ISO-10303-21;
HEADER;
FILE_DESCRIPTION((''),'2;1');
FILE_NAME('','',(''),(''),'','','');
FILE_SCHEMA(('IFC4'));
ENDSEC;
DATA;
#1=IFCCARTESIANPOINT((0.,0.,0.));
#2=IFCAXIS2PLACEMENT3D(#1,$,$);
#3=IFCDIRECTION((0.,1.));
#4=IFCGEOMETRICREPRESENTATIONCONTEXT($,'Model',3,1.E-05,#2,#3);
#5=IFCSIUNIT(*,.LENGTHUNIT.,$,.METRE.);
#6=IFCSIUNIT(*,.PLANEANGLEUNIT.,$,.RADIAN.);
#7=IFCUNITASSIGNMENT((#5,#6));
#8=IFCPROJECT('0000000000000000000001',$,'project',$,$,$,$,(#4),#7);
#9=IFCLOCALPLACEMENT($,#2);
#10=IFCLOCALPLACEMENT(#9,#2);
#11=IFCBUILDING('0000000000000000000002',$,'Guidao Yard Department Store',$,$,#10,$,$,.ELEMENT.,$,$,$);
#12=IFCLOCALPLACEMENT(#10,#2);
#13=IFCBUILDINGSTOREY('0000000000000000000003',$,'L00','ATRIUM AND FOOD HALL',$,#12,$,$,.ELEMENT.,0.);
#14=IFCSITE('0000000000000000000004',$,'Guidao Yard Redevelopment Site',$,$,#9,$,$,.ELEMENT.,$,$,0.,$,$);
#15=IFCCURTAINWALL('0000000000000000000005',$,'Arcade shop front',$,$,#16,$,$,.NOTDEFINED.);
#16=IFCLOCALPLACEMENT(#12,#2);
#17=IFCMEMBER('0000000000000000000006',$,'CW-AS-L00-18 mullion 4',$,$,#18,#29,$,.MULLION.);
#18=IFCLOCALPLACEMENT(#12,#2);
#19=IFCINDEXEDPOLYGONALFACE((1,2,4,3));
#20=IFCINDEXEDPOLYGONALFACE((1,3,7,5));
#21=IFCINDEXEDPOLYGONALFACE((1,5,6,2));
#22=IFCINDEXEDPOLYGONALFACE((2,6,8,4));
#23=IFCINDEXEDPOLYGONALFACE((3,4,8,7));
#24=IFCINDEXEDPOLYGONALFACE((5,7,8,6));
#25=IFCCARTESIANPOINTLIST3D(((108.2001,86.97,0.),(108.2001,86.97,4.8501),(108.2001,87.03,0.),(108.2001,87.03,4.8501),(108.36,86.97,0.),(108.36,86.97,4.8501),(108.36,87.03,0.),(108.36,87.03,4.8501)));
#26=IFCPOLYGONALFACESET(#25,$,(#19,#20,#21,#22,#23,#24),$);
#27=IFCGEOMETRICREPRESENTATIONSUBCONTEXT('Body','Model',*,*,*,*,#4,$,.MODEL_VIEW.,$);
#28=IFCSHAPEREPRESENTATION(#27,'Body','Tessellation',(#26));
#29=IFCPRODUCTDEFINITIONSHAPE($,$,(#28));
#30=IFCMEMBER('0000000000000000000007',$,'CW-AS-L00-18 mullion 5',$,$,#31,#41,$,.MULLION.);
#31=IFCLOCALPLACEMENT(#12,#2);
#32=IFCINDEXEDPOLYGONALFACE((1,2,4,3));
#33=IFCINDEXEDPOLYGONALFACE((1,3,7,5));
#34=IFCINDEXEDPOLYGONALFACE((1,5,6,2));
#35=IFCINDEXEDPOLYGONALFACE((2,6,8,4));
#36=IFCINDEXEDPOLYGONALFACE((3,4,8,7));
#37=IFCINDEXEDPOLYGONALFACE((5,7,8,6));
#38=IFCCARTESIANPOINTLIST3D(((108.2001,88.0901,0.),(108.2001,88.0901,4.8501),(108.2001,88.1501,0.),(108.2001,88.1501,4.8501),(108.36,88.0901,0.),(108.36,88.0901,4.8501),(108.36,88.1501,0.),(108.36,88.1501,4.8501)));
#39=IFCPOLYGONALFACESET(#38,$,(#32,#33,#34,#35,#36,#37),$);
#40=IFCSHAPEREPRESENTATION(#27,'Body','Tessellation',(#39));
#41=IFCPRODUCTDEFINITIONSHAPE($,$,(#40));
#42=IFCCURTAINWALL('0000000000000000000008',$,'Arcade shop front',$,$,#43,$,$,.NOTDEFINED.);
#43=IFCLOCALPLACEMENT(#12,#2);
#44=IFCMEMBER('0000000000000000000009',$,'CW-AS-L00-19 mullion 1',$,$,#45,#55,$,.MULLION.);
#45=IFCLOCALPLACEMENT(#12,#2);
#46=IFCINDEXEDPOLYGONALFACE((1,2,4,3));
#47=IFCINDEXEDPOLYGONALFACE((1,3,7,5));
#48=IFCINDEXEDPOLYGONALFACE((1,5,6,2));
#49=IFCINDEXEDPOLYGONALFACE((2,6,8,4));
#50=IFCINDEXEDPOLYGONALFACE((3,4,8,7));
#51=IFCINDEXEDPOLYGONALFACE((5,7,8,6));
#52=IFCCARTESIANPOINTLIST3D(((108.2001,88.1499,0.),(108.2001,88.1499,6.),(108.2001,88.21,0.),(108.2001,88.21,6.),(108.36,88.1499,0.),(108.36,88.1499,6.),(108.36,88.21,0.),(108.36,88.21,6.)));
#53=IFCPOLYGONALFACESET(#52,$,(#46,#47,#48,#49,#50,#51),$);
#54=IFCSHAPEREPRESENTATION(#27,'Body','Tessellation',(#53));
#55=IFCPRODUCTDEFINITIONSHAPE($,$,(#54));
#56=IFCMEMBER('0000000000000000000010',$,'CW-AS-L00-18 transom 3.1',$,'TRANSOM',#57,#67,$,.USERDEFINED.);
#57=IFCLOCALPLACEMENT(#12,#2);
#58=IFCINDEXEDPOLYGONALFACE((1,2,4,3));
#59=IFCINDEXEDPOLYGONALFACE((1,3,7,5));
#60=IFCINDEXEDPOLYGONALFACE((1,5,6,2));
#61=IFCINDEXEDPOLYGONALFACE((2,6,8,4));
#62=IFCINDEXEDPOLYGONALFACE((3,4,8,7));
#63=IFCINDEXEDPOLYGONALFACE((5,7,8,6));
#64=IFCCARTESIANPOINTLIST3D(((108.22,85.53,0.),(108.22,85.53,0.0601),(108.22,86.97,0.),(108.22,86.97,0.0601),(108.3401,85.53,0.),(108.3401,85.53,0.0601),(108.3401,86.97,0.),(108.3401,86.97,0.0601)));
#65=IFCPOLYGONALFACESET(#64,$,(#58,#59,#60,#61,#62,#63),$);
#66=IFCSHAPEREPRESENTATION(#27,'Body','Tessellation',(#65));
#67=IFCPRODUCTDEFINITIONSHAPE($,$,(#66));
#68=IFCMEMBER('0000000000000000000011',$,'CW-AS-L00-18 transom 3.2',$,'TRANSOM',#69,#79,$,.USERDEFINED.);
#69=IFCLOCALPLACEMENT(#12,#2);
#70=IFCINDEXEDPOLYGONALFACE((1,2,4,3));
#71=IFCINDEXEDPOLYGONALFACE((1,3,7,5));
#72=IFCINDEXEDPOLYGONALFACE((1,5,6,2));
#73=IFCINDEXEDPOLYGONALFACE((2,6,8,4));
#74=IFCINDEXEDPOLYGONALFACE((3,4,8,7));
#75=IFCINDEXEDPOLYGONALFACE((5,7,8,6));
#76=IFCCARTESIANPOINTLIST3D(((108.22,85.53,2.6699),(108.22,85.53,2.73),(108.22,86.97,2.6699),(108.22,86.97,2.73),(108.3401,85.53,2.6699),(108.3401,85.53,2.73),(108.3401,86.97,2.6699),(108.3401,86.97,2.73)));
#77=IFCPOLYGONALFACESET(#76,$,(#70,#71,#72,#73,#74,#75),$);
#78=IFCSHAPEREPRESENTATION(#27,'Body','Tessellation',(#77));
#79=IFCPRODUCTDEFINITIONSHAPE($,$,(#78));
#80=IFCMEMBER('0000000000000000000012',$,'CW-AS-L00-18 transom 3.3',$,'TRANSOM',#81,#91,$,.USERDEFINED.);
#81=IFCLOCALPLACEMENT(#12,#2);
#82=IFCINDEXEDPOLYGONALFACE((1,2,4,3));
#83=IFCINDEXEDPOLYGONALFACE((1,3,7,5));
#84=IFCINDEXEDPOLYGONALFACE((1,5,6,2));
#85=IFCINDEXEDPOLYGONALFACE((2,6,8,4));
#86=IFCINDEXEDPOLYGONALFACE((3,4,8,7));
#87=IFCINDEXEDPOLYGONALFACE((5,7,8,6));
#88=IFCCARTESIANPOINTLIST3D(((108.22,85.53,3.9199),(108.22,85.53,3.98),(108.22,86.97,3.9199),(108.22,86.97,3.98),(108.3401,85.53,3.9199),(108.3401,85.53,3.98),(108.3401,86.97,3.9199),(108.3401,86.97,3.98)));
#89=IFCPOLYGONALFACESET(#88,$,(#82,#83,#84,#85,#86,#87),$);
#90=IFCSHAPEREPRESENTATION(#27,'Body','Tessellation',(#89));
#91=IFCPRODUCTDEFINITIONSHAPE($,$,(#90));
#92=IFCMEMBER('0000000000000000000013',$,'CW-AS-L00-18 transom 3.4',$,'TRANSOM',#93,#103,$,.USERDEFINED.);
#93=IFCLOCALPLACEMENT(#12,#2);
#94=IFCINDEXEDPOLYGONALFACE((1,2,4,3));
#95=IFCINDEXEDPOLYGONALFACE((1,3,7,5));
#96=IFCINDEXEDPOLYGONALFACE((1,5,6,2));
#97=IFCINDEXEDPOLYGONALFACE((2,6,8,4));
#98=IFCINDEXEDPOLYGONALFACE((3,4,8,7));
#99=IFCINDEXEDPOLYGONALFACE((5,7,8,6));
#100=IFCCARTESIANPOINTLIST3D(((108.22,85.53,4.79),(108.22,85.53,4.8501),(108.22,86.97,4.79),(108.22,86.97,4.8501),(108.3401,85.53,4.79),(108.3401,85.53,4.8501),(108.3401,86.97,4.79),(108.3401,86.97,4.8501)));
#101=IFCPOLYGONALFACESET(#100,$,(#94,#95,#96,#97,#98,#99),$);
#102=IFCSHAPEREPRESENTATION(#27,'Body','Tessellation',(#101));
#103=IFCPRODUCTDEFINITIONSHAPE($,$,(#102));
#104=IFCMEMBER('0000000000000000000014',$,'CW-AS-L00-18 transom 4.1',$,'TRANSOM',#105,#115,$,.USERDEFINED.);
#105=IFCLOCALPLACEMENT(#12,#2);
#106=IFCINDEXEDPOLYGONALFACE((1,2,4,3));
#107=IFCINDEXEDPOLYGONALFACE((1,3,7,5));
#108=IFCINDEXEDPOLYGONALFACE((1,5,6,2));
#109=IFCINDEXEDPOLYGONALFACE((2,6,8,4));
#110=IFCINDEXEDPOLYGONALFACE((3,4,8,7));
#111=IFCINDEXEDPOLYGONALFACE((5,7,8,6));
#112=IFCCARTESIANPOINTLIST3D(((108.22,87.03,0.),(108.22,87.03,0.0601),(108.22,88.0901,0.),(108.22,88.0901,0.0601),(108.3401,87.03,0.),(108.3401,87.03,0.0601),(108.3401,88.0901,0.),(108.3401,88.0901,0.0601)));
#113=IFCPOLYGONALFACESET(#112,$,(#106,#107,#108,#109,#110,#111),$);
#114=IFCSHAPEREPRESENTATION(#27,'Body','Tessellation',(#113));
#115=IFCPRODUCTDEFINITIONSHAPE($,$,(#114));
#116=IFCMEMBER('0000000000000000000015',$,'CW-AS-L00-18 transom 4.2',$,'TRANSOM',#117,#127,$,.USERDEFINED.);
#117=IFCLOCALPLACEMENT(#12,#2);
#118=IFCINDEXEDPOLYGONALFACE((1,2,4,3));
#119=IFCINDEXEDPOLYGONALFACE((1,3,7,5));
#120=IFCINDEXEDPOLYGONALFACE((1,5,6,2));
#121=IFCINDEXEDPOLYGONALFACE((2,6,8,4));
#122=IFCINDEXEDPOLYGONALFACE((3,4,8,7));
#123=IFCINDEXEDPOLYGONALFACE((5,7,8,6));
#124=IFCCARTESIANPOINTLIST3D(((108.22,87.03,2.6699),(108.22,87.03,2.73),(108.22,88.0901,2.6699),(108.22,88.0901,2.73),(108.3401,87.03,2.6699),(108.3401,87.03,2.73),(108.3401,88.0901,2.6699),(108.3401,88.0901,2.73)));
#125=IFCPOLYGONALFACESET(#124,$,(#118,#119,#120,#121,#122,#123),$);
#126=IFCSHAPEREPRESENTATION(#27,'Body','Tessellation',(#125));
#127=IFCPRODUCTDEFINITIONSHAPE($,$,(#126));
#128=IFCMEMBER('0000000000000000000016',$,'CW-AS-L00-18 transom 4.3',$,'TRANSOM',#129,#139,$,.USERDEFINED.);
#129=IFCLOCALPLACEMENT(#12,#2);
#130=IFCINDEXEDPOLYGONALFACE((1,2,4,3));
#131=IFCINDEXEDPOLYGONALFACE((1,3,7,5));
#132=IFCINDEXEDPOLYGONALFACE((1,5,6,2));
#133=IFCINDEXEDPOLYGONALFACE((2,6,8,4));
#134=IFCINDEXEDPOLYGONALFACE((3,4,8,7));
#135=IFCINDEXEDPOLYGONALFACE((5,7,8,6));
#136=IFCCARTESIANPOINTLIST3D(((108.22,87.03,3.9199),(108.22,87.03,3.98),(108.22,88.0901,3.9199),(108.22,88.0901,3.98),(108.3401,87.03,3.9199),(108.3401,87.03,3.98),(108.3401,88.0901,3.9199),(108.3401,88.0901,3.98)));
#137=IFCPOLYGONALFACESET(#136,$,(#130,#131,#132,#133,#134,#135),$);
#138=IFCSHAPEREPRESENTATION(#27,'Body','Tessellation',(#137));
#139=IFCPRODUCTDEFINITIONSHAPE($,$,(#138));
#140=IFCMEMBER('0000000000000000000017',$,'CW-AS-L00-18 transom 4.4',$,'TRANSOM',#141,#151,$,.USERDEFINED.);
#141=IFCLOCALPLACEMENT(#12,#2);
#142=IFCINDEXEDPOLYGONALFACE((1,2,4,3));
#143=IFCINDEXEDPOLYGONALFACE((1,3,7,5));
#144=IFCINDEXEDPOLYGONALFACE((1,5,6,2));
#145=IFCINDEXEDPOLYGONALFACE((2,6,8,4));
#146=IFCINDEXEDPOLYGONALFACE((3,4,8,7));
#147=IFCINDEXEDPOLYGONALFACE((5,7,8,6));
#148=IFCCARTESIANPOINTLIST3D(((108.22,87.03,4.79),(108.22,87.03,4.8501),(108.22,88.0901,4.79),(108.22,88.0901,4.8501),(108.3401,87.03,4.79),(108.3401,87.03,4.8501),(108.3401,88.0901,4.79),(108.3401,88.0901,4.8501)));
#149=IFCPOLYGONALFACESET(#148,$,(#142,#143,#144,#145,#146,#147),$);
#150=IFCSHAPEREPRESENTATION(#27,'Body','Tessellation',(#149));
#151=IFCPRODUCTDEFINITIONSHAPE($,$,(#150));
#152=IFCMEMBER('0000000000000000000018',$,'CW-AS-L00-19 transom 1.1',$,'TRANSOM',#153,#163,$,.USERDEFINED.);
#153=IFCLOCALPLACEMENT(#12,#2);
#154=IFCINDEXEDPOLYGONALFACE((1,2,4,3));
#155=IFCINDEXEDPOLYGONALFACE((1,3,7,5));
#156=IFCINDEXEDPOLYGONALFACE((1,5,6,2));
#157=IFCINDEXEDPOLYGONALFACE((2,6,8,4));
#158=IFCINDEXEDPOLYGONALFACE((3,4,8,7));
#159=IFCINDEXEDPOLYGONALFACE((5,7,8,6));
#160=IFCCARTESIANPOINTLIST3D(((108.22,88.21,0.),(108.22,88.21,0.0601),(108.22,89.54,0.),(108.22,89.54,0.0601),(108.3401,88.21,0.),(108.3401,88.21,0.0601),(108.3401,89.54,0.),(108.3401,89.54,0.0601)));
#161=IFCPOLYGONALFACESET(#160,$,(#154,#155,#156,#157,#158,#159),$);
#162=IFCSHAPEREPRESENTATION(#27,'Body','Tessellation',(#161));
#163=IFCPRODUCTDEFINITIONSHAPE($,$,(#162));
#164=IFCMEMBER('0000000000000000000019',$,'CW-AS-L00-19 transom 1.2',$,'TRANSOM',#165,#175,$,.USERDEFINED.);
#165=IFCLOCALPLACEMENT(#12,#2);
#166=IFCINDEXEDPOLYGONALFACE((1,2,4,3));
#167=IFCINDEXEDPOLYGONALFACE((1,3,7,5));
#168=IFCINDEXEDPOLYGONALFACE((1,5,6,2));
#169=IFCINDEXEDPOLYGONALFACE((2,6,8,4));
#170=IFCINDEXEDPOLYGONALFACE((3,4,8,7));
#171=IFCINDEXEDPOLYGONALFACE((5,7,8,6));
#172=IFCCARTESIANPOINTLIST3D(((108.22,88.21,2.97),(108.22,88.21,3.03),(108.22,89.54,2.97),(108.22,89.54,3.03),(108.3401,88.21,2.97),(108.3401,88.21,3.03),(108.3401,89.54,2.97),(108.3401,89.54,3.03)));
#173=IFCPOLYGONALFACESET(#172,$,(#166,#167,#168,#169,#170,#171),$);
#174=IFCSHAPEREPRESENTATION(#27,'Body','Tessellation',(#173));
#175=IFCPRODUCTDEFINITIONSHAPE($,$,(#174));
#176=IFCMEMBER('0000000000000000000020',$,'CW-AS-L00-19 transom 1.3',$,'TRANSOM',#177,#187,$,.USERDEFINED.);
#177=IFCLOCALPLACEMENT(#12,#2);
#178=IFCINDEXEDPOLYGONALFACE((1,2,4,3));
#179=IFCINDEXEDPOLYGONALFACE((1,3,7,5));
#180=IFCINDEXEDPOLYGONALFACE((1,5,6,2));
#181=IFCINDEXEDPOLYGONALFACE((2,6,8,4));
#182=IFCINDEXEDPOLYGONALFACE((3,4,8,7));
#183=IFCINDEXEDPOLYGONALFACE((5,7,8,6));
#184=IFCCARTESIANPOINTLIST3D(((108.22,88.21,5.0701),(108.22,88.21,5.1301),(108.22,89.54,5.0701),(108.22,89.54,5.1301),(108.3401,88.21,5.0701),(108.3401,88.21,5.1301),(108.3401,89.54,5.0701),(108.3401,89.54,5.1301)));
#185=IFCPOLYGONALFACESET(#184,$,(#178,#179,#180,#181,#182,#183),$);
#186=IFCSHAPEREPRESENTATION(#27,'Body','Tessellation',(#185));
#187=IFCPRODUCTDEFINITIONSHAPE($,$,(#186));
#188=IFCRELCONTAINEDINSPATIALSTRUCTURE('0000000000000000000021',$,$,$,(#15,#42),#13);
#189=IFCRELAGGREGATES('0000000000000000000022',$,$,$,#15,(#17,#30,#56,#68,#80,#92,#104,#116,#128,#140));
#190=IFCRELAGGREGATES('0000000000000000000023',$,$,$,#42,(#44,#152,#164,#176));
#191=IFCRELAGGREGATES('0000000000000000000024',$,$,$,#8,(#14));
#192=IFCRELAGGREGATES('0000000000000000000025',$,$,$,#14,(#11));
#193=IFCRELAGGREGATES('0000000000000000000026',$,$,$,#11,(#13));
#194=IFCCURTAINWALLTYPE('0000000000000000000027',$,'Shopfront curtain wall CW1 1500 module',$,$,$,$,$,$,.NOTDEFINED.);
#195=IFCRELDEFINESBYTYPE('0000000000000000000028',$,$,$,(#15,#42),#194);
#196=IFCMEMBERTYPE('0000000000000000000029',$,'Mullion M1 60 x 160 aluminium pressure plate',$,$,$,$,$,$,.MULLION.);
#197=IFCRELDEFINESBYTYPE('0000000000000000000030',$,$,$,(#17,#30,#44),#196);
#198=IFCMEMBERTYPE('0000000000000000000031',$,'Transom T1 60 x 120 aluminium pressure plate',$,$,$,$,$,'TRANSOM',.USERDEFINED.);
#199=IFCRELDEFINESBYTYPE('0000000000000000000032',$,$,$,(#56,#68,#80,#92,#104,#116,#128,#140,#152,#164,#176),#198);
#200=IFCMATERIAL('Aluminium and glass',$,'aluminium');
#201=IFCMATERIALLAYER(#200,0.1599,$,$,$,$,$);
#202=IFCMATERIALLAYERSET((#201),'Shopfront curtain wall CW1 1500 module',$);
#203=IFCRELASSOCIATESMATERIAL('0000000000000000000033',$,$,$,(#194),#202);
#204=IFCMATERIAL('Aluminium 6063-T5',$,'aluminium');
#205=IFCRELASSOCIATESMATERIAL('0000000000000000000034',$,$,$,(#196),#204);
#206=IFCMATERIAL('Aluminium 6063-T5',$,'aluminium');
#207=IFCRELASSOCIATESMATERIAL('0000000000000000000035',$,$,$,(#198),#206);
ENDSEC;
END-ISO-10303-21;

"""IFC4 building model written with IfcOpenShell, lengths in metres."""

from ifc_helpers import new_model, si_unit, direction, frame, origin, origin_2d, place, context, subcontext, project, spatial, rectangle, extrude, material, layer, layer_set, material_profile, profile_set, type_object, element, aggregate, save


model = new_model("IFC4")

# Units and contexts
model_context = context("Model", 3, precision=1e-05, world=origin(), true_north=direction((0.0, 1.0)))
body_context = subcontext(model_context, "Body", "Model", "MODEL_VIEW")
ifc_project = project(units=[si_unit("LENGTHUNIT", "METRE"), si_unit("PLANEANGLEUNIT", "RADIAN")], contexts=[model_context])

# Site, building, storey
site_placement = place(None, origin())
site = spatial("IfcSite", under=ifc_project, at=site_placement, Name="Guidao Yard Redevelopment Site", CompositionType="ELEMENT", RefElevation=0.0)
building_placement = place(site_placement, origin())
building = spatial("IfcBuilding", under=site, at=building_placement, Name="Guidao Yard Department Store", CompositionType="ELEMENT")
storey_placement = place(building_placement, origin())
storey = spatial("IfcBuildingStorey", under=building, at=storey_placement, Name="L00", Description="ATRIUM AND FOOD HALL", CompositionType="ELEMENT", Elevation=0.0)

# Curtain wall, members
ifc_material_1 = material(Name="Aluminium and glass", Category="aluminium")
ifc_layer_1 = layer(ifc_material_1, 0.1599)
ifc_layer_set_1 = layer_set([ifc_layer_1], Name="Shopfront curtain wall CW1 1500 module")
curtain_wall_type = type_object("IfcCurtainWallType", Name="Shopfront curtain wall CW1 1500 module", PredefinedType="NOTDEFINED", material=ifc_layer_set_1)
curtain_wall_1_placement = place(storey_placement, origin())
curtain_wall_1 = element("IfcCurtainWall", 1, at=curtain_wall_1_placement, inside=storey, type_object=curtain_wall_type, Name="Arcade shop front", PredefinedType="NOTDEFINED")
ifc_material_2 = material(Name="Aluminium 6063-T5", Category="aluminium")
ifc_material_profile_1 = material_profile(ifc_material_2, rectangle(XDim=0.0601, YDim=0.1599, at=origin_2d()), Name="Mullion M1 60 x 160 aluminium pressure plate")
ifc_profile_set_1 = profile_set([ifc_material_profile_1], Name="Aluminium 6063-T5")
member_type_1 = type_object("IfcMemberType", Name="Mullion M1 60 x 160 aluminium pressure plate", PredefinedType="MULLION", material=ifc_profile_set_1)
member_1_placement = place(storey_placement, frame((108.28, 87.0, 0.0), z_axis=(0.0, 0.0, 1.0), x_axis=(0.0, -1.0, 0.0)))
member_1 = element("IfcMember", 2, at=member_1_placement, type_object=member_type_1, Name="CW-AS-L00-18 mullion 4", PredefinedType="MULLION", context=body_context, shape_type="SweptSolid", body=[
    extrude(rectangle(XDim=0.0601, YDim=0.1599, at=origin_2d()), origin(), (0.0, 0.0, 1.0), 4.8501),
])
member_2_placement = place(storey_placement, frame((108.28, 88.1201, 0.0), z_axis=(0.0, 0.0, 1.0), x_axis=(0.0, -1.0, 0.0)))
member_2 = element("IfcMember", 3, at=member_2_placement, type_object=member_type_1, Name="CW-AS-L00-18 mullion 5", PredefinedType="MULLION", context=body_context, shape_type="SweptSolid", body=[
    extrude(rectangle(XDim=0.0601, YDim=0.1599, at=origin_2d()), origin(), (0.0, 0.0, 1.0), 4.8501),
])

# Curtain wall, member
curtain_wall_2_placement = place(storey_placement, origin())
curtain_wall_2 = element("IfcCurtainWall", 4, at=curtain_wall_2_placement, inside=storey, type_object=curtain_wall_type, Name="Arcade shop front", PredefinedType="NOTDEFINED")
member_3_placement = place(storey_placement, frame((108.28, 88.1799, 0.0), z_axis=(0.0, 0.0, 1.0), x_axis=(0.0, -1.0, 0.0)))
member_3 = element("IfcMember", 5, at=member_3_placement, type_object=member_type_1, Name="CW-AS-L00-19 mullion 1", PredefinedType="MULLION", context=body_context, shape_type="SweptSolid", body=[
    extrude(rectangle(XDim=0.0601, YDim=0.1599, at=origin_2d()), origin(), (0.0, 0.0, 1.0), 6.0),
])

# Members
ifc_material_3 = material(Name="Aluminium 6063-T5", Category="aluminium")
ifc_material_profile_2 = material_profile(ifc_material_3, rectangle(XDim=0.1201, YDim=0.0601, at=origin_2d()), Name="Transom T1 60 x 120 aluminium pressure plate")
ifc_profile_set_2 = profile_set([ifc_material_profile_2], Name="Aluminium 6063-T5")
member_type_2 = type_object("IfcMemberType", Name="Transom T1 60 x 120 aluminium pressure plate", ElementType="TRANSOM", PredefinedType="USERDEFINED", material=ifc_profile_set_2)
member_4_placement = place(storey_placement, frame((108.28, 86.97, 0.03), z_axis=(0.0, -1.0, 0.0), x_axis=(1.0, 0.0, 0.0)))
member_4 = element("IfcMember", 6, at=member_4_placement, type_object=member_type_2, Name="CW-AS-L00-18 transom 3.1", ObjectType="TRANSOM", PredefinedType="USERDEFINED", context=body_context, shape_type="SweptSolid", body=[
    extrude(rectangle(XDim=0.1201, YDim=0.0601, at=origin_2d()), origin(), (0.0, 0.0, 1.0), 1.4399),
])
member_5_placement = place(storey_placement, frame((108.28, 86.97, 2.7), z_axis=(0.0, -1.0, 0.0), x_axis=(1.0, 0.0, 0.0)))
member_5 = element("IfcMember", 7, at=member_5_placement, type_object=member_type_2, Name="CW-AS-L00-18 transom 3.2", ObjectType="TRANSOM", PredefinedType="USERDEFINED", context=body_context, shape_type="SweptSolid", body=[
    extrude(rectangle(XDim=0.1201, YDim=0.0601, at=origin_2d()), origin(), (0.0, 0.0, 1.0), 1.4399),
])
member_6_placement = place(storey_placement, frame((108.28, 86.97, 3.95), z_axis=(0.0, -1.0, 0.0), x_axis=(1.0, 0.0, 0.0)))
member_6 = element("IfcMember", 8, at=member_6_placement, type_object=member_type_2, Name="CW-AS-L00-18 transom 3.3", ObjectType="TRANSOM", PredefinedType="USERDEFINED", context=body_context, shape_type="SweptSolid", body=[
    extrude(rectangle(XDim=0.1201, YDim=0.0601, at=origin_2d()), origin(), (0.0, 0.0, 1.0), 1.4399),
])
member_7_placement = place(storey_placement, frame((108.28, 86.97, 4.8201), z_axis=(0.0, -1.0, 0.0), x_axis=(1.0, 0.0, 0.0)))
member_7 = element("IfcMember", 9, at=member_7_placement, type_object=member_type_2, Name="CW-AS-L00-18 transom 3.4", ObjectType="TRANSOM", PredefinedType="USERDEFINED", context=body_context, shape_type="SweptSolid", body=[
    extrude(rectangle(XDim=0.1201, YDim=0.0601, at=origin_2d()), origin(), (0.0, 0.0, 1.0), 1.4399),
])
member_8_placement = place(storey_placement, frame((108.28, 88.0901, 0.03), z_axis=(0.0, -1.0, 0.0), x_axis=(1.0, 0.0, 0.0)))
member_8 = element("IfcMember", 10, at=member_8_placement, type_object=member_type_2, Name="CW-AS-L00-18 transom 4.1", ObjectType="TRANSOM", PredefinedType="USERDEFINED", context=body_context, shape_type="SweptSolid", body=[
    extrude(rectangle(XDim=0.1201, YDim=0.0601, at=origin_2d()), origin(), (0.0, 0.0, 1.0), 1.0601),
])
member_9_placement = place(storey_placement, frame((108.28, 88.0901, 2.7), z_axis=(0.0, -1.0, 0.0), x_axis=(1.0, 0.0, 0.0)))
member_9 = element("IfcMember", 11, at=member_9_placement, type_object=member_type_2, Name="CW-AS-L00-18 transom 4.2", ObjectType="TRANSOM", PredefinedType="USERDEFINED", context=body_context, shape_type="SweptSolid", body=[
    extrude(rectangle(XDim=0.1201, YDim=0.0601, at=origin_2d()), origin(), (0.0, 0.0, 1.0), 1.0601),
])
member_10_placement = place(storey_placement, frame((108.28, 88.0901, 3.95), z_axis=(0.0, -1.0, 0.0), x_axis=(1.0, 0.0, 0.0)))
member_10 = element("IfcMember", 12, at=member_10_placement, type_object=member_type_2, Name="CW-AS-L00-18 transom 4.3", ObjectType="TRANSOM", PredefinedType="USERDEFINED", context=body_context, shape_type="SweptSolid", body=[
    extrude(rectangle(XDim=0.1201, YDim=0.0601, at=origin_2d()), origin(), (0.0, 0.0, 1.0), 1.0601),
])
member_11_placement = place(storey_placement, frame((108.28, 88.0901, 4.8201), z_axis=(0.0, -1.0, 0.0), x_axis=(1.0, 0.0, 0.0)))
member_11 = element("IfcMember", 13, at=member_11_placement, type_object=member_type_2, Name="CW-AS-L00-18 transom 4.4", ObjectType="TRANSOM", PredefinedType="USERDEFINED", context=body_context, shape_type="SweptSolid", body=[
    extrude(rectangle(XDim=0.1201, YDim=0.0601, at=origin_2d()), origin(), (0.0, 0.0, 1.0), 1.0601),
])
member_12_placement = place(storey_placement, frame((108.28, 89.54, 0.03), z_axis=(0.0, -1.0, 0.0), x_axis=(1.0, 0.0, 0.0)))
member_12 = element("IfcMember", 14, at=member_12_placement, type_object=member_type_2, Name="CW-AS-L00-19 transom 1.1", ObjectType="TRANSOM", PredefinedType="USERDEFINED", context=body_context, shape_type="SweptSolid", body=[
    extrude(rectangle(XDim=0.1201, YDim=0.0601, at=origin_2d()), origin(), (0.0, 0.0, 1.0), 1.3301),
])
member_13_placement = place(storey_placement, frame((108.28, 89.54, 3.0), z_axis=(0.0, -1.0, 0.0), x_axis=(1.0, 0.0, 0.0)))
member_13 = element("IfcMember", 15, at=member_13_placement, type_object=member_type_2, Name="CW-AS-L00-19 transom 1.2", ObjectType="TRANSOM", PredefinedType="USERDEFINED", context=body_context, shape_type="SweptSolid", body=[
    extrude(rectangle(XDim=0.1201, YDim=0.0601, at=origin_2d()), origin(), (0.0, 0.0, 1.0), 1.3301),
])
member_14_placement = place(storey_placement, frame((108.28, 89.54, 5.1001), z_axis=(0.0, -1.0, 0.0), x_axis=(1.0, 0.0, 0.0)))
member_14 = element("IfcMember", 16, at=member_14_placement, type_object=member_type_2, Name="CW-AS-L00-19 transom 1.3", ObjectType="TRANSOM", PredefinedType="USERDEFINED", context=body_context, shape_type="SweptSolid", body=[
    extrude(rectangle(XDim=0.1201, YDim=0.0601, at=origin_2d()), origin(), (0.0, 0.0, 1.0), 1.3301),
])

aggregate(curtain_wall_1, [member_1, member_2, member_4, member_5, member_6, member_7, member_8, member_9, member_10, member_11])
aggregate(curtain_wall_2, [member_3, member_12, member_13, member_14])

save(model, "model.ifc")
